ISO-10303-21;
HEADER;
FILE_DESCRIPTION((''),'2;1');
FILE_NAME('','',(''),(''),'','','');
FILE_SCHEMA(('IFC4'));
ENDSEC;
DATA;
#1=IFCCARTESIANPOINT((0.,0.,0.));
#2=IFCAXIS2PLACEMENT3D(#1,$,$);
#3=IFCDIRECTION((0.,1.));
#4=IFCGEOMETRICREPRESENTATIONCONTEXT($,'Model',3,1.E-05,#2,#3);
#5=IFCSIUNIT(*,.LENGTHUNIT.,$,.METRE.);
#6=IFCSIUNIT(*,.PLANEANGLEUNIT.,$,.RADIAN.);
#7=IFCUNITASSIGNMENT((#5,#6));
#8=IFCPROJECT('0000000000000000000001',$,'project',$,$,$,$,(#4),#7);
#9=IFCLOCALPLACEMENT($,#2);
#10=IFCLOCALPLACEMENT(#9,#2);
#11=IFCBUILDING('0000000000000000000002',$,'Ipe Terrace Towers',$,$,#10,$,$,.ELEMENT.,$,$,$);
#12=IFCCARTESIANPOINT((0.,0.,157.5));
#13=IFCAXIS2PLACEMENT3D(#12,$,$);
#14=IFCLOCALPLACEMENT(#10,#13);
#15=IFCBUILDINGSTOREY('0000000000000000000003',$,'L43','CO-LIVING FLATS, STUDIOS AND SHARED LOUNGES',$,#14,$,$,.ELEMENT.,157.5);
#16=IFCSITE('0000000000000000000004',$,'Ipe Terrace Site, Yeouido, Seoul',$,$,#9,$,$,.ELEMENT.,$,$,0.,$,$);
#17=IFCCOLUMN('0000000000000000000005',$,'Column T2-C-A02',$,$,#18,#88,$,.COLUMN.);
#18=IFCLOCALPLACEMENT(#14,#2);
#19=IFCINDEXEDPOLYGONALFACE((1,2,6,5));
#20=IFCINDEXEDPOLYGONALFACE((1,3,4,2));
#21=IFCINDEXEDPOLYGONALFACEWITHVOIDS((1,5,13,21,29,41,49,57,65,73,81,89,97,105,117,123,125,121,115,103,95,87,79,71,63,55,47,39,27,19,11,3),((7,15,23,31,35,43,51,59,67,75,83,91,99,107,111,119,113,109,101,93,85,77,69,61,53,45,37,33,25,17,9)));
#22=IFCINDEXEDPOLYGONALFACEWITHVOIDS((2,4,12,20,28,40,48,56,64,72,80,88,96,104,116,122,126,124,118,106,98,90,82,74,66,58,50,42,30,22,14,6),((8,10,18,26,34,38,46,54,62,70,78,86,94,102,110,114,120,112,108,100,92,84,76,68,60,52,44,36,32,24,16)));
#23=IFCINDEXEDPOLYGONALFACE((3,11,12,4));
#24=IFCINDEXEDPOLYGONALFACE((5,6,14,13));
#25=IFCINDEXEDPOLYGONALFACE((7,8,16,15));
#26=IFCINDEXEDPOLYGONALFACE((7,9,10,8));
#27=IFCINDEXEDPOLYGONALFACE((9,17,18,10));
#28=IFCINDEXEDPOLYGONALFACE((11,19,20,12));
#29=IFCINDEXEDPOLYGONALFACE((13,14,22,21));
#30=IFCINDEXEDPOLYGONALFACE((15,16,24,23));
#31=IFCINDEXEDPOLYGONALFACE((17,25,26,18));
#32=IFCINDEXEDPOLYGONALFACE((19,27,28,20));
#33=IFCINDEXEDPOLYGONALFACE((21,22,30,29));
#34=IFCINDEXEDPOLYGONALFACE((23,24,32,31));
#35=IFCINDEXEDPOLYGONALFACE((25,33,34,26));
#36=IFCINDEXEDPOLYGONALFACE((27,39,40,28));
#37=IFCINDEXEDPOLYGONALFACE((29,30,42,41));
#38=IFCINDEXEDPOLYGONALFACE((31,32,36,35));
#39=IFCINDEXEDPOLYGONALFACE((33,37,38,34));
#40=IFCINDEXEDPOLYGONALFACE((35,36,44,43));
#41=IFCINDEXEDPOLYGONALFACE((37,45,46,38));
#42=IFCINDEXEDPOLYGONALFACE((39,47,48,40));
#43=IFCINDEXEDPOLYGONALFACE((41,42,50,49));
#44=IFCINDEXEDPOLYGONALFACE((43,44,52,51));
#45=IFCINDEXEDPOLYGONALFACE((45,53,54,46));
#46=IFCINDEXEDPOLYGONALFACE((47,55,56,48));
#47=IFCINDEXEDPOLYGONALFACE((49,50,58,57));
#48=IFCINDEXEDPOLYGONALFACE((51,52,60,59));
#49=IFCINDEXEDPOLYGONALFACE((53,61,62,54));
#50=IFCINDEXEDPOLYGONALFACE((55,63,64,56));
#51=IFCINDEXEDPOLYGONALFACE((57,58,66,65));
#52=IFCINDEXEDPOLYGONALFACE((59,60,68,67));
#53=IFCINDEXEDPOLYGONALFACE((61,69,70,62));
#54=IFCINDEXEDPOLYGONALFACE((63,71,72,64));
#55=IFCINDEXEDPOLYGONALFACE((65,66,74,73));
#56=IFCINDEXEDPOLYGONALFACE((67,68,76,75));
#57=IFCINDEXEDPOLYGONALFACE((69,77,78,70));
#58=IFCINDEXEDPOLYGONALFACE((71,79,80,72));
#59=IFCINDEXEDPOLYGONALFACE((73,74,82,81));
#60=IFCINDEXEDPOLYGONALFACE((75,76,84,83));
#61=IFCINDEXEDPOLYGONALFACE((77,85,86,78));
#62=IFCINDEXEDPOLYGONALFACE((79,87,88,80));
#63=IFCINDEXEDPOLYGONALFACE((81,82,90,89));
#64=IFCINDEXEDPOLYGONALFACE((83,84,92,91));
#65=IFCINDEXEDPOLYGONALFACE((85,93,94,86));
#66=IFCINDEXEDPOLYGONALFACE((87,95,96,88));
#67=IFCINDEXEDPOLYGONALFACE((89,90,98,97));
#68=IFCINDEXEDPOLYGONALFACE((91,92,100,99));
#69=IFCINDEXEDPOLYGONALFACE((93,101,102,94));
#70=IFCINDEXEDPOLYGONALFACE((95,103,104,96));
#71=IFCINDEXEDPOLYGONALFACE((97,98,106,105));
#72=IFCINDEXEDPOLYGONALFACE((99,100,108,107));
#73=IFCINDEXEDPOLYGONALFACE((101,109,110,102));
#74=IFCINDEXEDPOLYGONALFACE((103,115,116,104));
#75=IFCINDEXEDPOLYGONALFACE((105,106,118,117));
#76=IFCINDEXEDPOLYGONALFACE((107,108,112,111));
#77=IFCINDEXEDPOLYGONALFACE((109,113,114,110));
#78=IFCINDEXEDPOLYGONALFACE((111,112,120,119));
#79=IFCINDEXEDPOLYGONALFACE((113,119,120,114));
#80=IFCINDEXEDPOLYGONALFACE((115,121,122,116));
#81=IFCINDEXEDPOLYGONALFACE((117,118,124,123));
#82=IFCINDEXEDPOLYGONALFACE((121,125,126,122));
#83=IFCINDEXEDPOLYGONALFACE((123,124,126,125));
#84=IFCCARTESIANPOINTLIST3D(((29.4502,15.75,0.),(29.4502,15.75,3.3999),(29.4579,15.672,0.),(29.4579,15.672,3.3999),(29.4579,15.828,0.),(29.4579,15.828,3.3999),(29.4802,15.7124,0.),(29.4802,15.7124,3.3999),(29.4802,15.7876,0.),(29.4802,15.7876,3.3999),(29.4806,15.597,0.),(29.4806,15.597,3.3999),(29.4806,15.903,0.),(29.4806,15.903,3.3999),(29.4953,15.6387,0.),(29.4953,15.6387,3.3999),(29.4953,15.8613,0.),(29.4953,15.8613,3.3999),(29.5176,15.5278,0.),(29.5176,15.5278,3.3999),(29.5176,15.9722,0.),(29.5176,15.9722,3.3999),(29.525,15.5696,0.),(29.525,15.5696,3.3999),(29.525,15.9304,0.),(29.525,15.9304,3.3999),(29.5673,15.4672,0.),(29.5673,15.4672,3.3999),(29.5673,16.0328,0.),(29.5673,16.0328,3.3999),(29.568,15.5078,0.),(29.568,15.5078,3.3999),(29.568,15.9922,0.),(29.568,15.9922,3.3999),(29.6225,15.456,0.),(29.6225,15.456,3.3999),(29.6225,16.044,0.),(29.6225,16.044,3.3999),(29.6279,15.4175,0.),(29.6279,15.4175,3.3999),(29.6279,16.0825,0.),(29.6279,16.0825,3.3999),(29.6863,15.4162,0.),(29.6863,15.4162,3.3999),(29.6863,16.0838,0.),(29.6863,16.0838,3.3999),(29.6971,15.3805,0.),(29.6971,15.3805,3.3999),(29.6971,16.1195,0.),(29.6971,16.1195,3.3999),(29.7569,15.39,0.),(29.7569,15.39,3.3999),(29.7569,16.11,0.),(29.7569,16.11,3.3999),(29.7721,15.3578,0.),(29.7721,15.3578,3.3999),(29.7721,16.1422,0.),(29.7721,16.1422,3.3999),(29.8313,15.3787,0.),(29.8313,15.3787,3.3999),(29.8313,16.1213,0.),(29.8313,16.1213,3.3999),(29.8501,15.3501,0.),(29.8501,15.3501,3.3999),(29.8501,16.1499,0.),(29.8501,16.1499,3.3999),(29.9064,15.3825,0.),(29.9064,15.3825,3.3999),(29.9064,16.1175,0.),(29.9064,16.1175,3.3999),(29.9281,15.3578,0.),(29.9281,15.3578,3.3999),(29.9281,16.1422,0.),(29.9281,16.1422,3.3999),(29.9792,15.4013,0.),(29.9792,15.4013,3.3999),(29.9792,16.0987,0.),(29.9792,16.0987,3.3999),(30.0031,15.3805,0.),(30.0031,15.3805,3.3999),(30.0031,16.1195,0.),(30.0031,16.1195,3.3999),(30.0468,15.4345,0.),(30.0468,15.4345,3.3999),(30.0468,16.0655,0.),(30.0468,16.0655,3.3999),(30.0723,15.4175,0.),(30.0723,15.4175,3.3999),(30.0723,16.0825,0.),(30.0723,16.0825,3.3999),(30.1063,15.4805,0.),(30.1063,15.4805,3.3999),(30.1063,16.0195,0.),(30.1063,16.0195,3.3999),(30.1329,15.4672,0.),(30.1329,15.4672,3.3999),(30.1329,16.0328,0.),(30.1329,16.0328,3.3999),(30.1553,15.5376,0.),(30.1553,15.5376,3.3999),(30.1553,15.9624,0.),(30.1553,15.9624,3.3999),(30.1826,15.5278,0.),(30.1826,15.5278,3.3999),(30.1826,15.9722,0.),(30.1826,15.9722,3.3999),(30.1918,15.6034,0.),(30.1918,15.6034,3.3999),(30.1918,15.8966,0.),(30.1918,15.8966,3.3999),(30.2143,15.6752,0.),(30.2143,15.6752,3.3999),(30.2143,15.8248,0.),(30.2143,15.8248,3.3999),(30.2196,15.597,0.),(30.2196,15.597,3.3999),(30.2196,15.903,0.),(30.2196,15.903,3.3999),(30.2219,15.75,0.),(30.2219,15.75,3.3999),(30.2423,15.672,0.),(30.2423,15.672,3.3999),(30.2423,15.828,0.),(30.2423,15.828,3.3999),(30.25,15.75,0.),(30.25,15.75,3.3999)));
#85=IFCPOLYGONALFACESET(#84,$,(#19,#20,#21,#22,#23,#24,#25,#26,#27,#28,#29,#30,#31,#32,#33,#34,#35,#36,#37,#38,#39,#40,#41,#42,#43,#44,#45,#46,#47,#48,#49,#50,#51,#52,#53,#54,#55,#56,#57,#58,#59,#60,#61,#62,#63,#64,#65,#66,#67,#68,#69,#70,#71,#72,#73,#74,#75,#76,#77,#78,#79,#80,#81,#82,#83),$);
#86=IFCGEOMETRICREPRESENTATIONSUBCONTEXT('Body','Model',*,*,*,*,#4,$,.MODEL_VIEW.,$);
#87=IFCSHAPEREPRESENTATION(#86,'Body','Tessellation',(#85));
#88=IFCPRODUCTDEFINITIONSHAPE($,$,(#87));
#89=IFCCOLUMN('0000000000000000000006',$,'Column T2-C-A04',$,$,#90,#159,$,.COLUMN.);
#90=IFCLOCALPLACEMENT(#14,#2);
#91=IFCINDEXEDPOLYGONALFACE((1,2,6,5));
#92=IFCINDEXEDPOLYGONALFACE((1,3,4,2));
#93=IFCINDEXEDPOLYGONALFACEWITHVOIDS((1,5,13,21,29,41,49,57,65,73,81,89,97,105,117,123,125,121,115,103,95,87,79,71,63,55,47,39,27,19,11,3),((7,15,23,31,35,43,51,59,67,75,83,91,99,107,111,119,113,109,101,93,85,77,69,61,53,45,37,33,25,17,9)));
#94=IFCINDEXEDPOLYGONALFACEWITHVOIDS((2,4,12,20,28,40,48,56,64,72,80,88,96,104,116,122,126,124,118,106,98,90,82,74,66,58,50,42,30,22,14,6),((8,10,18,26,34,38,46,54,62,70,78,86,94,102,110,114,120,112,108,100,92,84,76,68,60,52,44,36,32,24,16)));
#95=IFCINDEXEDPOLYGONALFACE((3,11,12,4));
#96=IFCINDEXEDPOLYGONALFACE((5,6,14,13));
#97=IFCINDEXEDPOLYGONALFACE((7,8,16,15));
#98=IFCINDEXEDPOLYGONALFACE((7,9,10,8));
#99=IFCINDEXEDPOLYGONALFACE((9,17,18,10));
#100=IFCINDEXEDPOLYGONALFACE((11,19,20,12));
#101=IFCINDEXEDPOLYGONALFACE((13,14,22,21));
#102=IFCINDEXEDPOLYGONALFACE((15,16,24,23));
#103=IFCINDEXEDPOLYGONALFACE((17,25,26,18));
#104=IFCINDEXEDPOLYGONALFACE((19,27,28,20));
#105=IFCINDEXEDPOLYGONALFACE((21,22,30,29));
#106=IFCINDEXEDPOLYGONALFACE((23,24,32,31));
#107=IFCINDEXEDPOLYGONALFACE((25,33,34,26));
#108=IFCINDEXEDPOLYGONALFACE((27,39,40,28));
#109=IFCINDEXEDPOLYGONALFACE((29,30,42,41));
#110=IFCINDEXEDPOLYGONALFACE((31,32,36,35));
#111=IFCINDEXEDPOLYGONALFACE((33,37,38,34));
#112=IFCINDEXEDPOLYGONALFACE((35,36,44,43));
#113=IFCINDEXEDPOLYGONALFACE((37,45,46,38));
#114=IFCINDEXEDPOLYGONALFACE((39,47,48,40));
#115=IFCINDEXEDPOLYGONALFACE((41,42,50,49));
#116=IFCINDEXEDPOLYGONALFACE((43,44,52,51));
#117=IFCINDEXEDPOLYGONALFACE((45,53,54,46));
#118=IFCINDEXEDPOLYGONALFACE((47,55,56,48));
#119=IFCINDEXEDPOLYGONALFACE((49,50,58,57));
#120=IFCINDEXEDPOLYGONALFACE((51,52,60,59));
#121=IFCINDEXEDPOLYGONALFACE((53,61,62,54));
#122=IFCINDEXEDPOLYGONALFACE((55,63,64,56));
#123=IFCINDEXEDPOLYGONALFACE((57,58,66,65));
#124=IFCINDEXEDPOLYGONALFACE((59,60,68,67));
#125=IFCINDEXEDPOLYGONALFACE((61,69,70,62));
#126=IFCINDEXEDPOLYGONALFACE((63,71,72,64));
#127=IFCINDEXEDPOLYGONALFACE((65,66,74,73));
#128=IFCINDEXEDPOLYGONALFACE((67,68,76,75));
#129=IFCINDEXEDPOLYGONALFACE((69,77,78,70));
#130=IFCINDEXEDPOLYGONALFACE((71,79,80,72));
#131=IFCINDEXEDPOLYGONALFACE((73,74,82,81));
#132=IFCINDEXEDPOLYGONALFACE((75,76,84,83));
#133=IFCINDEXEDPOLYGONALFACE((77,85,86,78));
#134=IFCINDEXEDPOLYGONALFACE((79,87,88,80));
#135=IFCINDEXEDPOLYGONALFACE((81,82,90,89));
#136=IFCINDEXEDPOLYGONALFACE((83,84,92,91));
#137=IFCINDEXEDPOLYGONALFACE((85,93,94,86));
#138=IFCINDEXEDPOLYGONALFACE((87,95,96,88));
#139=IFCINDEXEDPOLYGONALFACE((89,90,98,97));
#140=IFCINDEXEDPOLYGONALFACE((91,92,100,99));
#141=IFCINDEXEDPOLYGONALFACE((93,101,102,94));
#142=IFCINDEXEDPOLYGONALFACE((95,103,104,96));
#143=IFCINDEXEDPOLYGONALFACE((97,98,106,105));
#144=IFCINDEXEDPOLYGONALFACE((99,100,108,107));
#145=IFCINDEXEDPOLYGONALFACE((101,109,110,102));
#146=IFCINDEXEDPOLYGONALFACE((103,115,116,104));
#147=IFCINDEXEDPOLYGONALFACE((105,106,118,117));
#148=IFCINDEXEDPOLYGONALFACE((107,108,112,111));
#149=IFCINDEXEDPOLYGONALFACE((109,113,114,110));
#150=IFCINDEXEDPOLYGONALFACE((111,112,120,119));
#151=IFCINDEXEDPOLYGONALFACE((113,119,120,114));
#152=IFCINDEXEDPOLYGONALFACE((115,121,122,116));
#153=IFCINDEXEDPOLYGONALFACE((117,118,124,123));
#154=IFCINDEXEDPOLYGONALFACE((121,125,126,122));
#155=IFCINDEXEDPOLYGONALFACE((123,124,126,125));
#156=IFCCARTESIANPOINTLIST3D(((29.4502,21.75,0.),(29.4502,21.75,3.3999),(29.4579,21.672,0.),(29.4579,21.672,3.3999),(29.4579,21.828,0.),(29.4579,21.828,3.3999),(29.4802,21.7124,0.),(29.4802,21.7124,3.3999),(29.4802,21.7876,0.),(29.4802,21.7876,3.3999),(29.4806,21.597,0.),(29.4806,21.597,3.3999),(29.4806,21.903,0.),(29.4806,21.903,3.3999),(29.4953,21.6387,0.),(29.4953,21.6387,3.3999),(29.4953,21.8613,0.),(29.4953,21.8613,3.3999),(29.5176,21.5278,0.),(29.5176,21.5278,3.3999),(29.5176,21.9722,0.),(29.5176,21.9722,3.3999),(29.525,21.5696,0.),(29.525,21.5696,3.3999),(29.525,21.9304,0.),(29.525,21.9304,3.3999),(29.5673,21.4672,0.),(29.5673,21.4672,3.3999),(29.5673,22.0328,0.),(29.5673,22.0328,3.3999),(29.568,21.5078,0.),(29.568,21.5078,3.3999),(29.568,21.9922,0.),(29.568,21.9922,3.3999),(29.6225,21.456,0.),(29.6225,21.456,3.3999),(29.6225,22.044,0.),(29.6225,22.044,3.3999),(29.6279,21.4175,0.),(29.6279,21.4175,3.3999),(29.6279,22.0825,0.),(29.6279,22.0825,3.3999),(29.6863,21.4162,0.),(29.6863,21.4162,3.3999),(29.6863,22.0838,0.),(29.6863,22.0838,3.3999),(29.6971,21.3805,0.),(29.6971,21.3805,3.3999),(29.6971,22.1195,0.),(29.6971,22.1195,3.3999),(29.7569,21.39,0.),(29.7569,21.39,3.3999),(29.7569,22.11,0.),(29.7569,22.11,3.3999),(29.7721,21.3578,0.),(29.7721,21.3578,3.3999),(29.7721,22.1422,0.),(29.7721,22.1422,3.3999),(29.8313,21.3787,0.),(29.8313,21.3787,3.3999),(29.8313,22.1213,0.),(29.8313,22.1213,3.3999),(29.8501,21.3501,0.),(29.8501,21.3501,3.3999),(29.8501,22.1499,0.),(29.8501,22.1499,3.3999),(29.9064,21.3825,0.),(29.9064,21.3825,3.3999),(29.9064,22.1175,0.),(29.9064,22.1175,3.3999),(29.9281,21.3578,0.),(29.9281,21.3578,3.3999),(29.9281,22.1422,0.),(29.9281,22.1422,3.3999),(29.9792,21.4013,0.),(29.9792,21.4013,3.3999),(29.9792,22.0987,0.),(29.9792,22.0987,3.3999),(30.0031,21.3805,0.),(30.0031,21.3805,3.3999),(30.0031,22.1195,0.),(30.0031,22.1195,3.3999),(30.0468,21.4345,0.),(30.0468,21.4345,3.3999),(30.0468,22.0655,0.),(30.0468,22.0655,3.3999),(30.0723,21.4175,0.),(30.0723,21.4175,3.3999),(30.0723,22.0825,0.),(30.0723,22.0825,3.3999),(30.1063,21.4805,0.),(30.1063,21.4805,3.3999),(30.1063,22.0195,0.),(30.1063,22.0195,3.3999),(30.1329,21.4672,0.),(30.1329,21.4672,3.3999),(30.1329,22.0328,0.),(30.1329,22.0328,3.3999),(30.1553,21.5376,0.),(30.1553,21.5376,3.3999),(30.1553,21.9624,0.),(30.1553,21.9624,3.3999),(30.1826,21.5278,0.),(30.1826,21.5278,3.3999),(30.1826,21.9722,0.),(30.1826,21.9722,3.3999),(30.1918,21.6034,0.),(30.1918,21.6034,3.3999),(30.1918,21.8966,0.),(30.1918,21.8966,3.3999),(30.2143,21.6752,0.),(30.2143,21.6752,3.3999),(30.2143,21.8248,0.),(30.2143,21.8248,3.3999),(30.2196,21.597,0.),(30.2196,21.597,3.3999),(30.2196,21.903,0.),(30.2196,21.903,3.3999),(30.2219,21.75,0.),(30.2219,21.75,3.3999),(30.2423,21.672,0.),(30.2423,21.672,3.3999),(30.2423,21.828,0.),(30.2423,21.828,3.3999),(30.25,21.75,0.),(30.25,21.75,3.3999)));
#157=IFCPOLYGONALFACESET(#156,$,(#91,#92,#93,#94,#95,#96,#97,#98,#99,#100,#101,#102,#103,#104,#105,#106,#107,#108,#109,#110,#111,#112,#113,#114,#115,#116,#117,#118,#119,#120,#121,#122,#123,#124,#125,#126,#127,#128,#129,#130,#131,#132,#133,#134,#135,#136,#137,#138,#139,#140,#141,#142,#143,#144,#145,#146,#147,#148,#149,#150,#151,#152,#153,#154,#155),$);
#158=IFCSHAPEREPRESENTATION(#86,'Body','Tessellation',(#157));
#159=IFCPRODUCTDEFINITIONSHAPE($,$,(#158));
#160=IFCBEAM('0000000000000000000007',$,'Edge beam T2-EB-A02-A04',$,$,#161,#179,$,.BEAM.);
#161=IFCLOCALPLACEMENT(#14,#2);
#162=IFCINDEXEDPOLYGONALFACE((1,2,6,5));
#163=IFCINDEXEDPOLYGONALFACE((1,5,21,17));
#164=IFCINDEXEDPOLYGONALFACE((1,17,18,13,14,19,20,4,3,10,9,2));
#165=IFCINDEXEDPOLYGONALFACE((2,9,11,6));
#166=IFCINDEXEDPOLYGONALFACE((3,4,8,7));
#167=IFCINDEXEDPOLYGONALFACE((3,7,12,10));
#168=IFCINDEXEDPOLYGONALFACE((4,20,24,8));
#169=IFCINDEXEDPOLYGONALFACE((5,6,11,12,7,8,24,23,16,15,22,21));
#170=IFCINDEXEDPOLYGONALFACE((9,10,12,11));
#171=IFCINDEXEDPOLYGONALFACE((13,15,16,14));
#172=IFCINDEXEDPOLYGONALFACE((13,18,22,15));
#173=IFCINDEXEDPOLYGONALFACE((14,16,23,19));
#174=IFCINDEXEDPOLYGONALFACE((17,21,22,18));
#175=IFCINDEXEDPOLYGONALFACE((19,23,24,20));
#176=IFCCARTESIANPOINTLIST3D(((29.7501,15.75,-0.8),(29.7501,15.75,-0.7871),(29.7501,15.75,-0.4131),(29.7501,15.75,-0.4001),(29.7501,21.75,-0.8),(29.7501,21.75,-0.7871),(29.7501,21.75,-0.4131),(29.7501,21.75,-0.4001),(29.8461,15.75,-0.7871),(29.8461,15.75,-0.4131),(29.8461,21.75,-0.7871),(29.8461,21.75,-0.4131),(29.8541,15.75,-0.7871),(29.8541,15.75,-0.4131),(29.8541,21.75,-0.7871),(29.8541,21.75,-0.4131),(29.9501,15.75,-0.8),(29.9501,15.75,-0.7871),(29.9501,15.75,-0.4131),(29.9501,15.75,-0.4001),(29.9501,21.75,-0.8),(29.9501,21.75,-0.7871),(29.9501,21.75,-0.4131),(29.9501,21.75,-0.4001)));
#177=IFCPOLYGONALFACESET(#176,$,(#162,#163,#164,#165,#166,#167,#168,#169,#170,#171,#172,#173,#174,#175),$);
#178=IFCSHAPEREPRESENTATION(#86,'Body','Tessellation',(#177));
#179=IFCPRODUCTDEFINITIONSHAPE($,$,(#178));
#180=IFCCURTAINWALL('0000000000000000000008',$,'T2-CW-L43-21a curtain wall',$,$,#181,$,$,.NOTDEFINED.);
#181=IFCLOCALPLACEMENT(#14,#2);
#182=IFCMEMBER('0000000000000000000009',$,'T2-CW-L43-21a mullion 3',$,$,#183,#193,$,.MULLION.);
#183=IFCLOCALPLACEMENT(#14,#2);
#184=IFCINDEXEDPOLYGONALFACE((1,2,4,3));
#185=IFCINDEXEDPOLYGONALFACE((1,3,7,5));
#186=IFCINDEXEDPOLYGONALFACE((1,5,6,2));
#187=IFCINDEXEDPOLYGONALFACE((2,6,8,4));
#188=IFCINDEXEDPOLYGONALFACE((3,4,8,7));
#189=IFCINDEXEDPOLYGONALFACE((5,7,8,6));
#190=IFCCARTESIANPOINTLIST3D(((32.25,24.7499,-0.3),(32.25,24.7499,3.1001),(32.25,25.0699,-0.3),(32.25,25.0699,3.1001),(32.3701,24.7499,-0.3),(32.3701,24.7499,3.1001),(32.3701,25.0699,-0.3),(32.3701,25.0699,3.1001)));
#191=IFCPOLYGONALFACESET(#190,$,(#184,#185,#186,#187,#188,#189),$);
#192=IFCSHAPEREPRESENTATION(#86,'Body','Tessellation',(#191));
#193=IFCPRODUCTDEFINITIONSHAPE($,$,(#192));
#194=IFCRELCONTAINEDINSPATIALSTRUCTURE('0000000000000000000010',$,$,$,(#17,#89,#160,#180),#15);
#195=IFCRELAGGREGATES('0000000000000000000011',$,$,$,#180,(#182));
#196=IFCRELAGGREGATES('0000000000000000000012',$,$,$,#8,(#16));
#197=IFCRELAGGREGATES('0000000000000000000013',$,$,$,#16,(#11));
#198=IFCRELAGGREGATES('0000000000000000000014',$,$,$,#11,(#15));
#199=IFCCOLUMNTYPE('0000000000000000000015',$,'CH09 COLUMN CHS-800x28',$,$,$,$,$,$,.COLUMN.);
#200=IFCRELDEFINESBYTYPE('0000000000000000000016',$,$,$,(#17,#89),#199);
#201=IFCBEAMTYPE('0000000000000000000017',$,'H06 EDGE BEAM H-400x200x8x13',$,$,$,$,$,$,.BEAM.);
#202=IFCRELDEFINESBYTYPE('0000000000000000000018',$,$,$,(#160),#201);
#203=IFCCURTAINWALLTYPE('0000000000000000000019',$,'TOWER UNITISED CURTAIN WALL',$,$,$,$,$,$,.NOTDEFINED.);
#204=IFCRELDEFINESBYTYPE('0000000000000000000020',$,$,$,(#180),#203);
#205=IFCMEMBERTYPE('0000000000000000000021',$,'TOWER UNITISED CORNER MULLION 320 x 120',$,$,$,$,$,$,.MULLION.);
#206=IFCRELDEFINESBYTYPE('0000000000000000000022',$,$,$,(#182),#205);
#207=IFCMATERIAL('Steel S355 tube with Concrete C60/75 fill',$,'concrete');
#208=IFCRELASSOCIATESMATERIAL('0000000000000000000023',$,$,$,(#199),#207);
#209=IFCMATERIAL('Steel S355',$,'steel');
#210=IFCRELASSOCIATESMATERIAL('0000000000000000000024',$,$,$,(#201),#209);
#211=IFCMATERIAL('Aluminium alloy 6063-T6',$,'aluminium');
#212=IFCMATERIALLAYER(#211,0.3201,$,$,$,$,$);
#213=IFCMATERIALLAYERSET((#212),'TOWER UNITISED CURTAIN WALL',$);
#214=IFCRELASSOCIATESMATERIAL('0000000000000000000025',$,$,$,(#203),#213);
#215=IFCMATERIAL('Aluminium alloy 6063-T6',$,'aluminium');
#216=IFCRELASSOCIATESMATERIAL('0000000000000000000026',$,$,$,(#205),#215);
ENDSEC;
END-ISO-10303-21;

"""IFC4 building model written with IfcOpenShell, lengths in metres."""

from ifc_helpers import new_model, si_unit, direction, frame, origin, origin_2d, place, context, subcontext, project, spatial, rectangle, hollow_circle, i_section, extrude, material, layer, layer_set, material_profile, profile_set, type_object, element, aggregate, save


model = new_model("IFC4")

# Units and contexts
model_context = context("Model", 3, precision=1e-05, world=origin(), true_north=direction((0.0, 1.0)))
body_context = subcontext(model_context, "Body", "Model", "MODEL_VIEW")
ifc_project = project(units=[si_unit("LENGTHUNIT", "METRE"), si_unit("PLANEANGLEUNIT", "RADIAN")], contexts=[model_context])

# Site, building, storey
site_placement = place(None, origin())
site = spatial("IfcSite", under=ifc_project, at=site_placement, Name="Ipe Terrace Site, Yeouido, Seoul", CompositionType="ELEMENT", RefElevation=0.0)
building_placement = place(site_placement, origin())
building = spatial("IfcBuilding", under=site, at=building_placement, Name="Ipe Terrace Towers", CompositionType="ELEMENT")
storey_placement = place(building_placement, frame((0.0, 0.0, 157.5)))
storey = spatial("IfcBuildingStorey", under=building, at=storey_placement, Name="L43", Description="CO-LIVING FLATS, STUDIOS AND SHARED LOUNGES", CompositionType="ELEMENT", Elevation=157.5)

# Columns
ifc_material_1 = material(Name="Steel S355 tube with Concrete C60/75 fill", Category="concrete")
ifc_material_profile_1 = material_profile(ifc_material_1, hollow_circle(Radius=0.3999, WallThickness=0.0281, at=origin_2d()), Name="CHS-800x28")
ifc_profile_set_1 = profile_set([ifc_material_profile_1], Name="Steel S355 tube with Concrete C60/75 fill")
column_type = type_object("IfcColumnType", Name="CH09 COLUMN CHS-800x28", PredefinedType="COLUMN", material=ifc_profile_set_1)
for number, where, z_axis, x_axis, name in (
    (1, (29.8501, 15.75, 0.0), (0.0, 0.0, 1.0), (1.0, 0.0, 0.0), "Column T2-C-A02"),
    (2, (29.8501, 21.75, 0.0), (0.0, 0.0, 1.0), (1.0, 0.0, 0.0), "Column T2-C-A04"),
):
    element("IfcColumn", number, at=place(storey_placement, frame(where, z_axis=z_axis, x_axis=x_axis)), inside=storey, type_object=column_type, Name=name, PredefinedType="COLUMN", context=body_context, shape_type="SweptSolid", body=[
        extrude(hollow_circle(Radius=0.3999, WallThickness=0.0281, at=origin_2d()), origin(), (0.0, 0.0, 1.0), 3.3999),
    ])

# Beam
ifc_material_2 = material(Name="Steel S355", Category="steel")
ifc_material_profile_2 = material_profile(ifc_material_2, i_section(OverallWidth=0.2, OverallDepth=0.3999, WebThickness=0.0081, FlangeThickness=0.0129, at=origin_2d()), Name="H-400x200x8x13")
ifc_profile_set_2 = profile_set([ifc_material_profile_2], Name="Steel S355")
beam_type = type_object("IfcBeamType", Name="H06 EDGE BEAM H-400x200x8x13", PredefinedType="BEAM", material=ifc_profile_set_2)
beam_placement = place(storey_placement, frame((29.8501, 15.75, -0.6001), z_axis=(0.0, 1.0, 0.0), x_axis=(-1.0, 0.0, 0.0)))
element("IfcBeam", 3, at=beam_placement, inside=storey, type_object=beam_type, Name="Edge beam T2-EB-A02-A04", PredefinedType="BEAM", context=body_context, shape_type="SweptSolid", body=[
    extrude(i_section(OverallWidth=0.2, OverallDepth=0.3999, WebThickness=0.0081, FlangeThickness=0.0129, at=origin_2d()), origin(), (0.0, 0.0, 1.0), 6.0),
])

# Curtain wall, member
ifc_material_3 = material(Name="Aluminium alloy 6063-T6", Category="aluminium")
ifc_layer_1 = layer(ifc_material_3, 0.3201)
ifc_layer_set_1 = layer_set([ifc_layer_1], Name="TOWER UNITISED CURTAIN WALL")
curtain_wall_type = type_object("IfcCurtainWallType", Name="TOWER UNITISED CURTAIN WALL", PredefinedType="NOTDEFINED", material=ifc_layer_set_1)
curtain_wall_1_placement = place(storey_placement, origin())
curtain_wall_1 = element("IfcCurtainWall", 4, at=curtain_wall_1_placement, inside=storey, type_object=curtain_wall_type, Name="T2-CW-L43-21a curtain wall", PredefinedType="NOTDEFINED")
ifc_material_4 = material(Name="Aluminium alloy 6063-T6", Category="aluminium")
ifc_material_profile_3 = material_profile(ifc_material_4, rectangle(XDim=0.3201, YDim=0.1201, at=origin_2d()), Name="TOWER UNITISED CORNER MULLION 320 x 120")
ifc_profile_set_3 = profile_set([ifc_material_profile_3], Name="Aluminium alloy 6063-T6")
member_type = type_object("IfcMemberType", Name="TOWER UNITISED CORNER MULLION 320 x 120", PredefinedType="MULLION", material=ifc_profile_set_3)
member_1_placement = place(storey_placement, frame((32.3101, 24.9099, -0.3), z_axis=(0.0, 0.0, 1.0), x_axis=(0.0, 1.0, 0.0)))
member_1 = element("IfcMember", 5, at=member_1_placement, type_object=member_type, Name="T2-CW-L43-21a mullion 3", PredefinedType="MULLION", context=body_context, shape_type="SweptSolid", body=[
    extrude(rectangle(XDim=0.3201, YDim=0.1201, at=origin_2d()), origin(), (0.0, 0.0, 1.0), 3.4001),
])
aggregate(curtain_wall_1, [member_1])

save(model, "model.ifc")
